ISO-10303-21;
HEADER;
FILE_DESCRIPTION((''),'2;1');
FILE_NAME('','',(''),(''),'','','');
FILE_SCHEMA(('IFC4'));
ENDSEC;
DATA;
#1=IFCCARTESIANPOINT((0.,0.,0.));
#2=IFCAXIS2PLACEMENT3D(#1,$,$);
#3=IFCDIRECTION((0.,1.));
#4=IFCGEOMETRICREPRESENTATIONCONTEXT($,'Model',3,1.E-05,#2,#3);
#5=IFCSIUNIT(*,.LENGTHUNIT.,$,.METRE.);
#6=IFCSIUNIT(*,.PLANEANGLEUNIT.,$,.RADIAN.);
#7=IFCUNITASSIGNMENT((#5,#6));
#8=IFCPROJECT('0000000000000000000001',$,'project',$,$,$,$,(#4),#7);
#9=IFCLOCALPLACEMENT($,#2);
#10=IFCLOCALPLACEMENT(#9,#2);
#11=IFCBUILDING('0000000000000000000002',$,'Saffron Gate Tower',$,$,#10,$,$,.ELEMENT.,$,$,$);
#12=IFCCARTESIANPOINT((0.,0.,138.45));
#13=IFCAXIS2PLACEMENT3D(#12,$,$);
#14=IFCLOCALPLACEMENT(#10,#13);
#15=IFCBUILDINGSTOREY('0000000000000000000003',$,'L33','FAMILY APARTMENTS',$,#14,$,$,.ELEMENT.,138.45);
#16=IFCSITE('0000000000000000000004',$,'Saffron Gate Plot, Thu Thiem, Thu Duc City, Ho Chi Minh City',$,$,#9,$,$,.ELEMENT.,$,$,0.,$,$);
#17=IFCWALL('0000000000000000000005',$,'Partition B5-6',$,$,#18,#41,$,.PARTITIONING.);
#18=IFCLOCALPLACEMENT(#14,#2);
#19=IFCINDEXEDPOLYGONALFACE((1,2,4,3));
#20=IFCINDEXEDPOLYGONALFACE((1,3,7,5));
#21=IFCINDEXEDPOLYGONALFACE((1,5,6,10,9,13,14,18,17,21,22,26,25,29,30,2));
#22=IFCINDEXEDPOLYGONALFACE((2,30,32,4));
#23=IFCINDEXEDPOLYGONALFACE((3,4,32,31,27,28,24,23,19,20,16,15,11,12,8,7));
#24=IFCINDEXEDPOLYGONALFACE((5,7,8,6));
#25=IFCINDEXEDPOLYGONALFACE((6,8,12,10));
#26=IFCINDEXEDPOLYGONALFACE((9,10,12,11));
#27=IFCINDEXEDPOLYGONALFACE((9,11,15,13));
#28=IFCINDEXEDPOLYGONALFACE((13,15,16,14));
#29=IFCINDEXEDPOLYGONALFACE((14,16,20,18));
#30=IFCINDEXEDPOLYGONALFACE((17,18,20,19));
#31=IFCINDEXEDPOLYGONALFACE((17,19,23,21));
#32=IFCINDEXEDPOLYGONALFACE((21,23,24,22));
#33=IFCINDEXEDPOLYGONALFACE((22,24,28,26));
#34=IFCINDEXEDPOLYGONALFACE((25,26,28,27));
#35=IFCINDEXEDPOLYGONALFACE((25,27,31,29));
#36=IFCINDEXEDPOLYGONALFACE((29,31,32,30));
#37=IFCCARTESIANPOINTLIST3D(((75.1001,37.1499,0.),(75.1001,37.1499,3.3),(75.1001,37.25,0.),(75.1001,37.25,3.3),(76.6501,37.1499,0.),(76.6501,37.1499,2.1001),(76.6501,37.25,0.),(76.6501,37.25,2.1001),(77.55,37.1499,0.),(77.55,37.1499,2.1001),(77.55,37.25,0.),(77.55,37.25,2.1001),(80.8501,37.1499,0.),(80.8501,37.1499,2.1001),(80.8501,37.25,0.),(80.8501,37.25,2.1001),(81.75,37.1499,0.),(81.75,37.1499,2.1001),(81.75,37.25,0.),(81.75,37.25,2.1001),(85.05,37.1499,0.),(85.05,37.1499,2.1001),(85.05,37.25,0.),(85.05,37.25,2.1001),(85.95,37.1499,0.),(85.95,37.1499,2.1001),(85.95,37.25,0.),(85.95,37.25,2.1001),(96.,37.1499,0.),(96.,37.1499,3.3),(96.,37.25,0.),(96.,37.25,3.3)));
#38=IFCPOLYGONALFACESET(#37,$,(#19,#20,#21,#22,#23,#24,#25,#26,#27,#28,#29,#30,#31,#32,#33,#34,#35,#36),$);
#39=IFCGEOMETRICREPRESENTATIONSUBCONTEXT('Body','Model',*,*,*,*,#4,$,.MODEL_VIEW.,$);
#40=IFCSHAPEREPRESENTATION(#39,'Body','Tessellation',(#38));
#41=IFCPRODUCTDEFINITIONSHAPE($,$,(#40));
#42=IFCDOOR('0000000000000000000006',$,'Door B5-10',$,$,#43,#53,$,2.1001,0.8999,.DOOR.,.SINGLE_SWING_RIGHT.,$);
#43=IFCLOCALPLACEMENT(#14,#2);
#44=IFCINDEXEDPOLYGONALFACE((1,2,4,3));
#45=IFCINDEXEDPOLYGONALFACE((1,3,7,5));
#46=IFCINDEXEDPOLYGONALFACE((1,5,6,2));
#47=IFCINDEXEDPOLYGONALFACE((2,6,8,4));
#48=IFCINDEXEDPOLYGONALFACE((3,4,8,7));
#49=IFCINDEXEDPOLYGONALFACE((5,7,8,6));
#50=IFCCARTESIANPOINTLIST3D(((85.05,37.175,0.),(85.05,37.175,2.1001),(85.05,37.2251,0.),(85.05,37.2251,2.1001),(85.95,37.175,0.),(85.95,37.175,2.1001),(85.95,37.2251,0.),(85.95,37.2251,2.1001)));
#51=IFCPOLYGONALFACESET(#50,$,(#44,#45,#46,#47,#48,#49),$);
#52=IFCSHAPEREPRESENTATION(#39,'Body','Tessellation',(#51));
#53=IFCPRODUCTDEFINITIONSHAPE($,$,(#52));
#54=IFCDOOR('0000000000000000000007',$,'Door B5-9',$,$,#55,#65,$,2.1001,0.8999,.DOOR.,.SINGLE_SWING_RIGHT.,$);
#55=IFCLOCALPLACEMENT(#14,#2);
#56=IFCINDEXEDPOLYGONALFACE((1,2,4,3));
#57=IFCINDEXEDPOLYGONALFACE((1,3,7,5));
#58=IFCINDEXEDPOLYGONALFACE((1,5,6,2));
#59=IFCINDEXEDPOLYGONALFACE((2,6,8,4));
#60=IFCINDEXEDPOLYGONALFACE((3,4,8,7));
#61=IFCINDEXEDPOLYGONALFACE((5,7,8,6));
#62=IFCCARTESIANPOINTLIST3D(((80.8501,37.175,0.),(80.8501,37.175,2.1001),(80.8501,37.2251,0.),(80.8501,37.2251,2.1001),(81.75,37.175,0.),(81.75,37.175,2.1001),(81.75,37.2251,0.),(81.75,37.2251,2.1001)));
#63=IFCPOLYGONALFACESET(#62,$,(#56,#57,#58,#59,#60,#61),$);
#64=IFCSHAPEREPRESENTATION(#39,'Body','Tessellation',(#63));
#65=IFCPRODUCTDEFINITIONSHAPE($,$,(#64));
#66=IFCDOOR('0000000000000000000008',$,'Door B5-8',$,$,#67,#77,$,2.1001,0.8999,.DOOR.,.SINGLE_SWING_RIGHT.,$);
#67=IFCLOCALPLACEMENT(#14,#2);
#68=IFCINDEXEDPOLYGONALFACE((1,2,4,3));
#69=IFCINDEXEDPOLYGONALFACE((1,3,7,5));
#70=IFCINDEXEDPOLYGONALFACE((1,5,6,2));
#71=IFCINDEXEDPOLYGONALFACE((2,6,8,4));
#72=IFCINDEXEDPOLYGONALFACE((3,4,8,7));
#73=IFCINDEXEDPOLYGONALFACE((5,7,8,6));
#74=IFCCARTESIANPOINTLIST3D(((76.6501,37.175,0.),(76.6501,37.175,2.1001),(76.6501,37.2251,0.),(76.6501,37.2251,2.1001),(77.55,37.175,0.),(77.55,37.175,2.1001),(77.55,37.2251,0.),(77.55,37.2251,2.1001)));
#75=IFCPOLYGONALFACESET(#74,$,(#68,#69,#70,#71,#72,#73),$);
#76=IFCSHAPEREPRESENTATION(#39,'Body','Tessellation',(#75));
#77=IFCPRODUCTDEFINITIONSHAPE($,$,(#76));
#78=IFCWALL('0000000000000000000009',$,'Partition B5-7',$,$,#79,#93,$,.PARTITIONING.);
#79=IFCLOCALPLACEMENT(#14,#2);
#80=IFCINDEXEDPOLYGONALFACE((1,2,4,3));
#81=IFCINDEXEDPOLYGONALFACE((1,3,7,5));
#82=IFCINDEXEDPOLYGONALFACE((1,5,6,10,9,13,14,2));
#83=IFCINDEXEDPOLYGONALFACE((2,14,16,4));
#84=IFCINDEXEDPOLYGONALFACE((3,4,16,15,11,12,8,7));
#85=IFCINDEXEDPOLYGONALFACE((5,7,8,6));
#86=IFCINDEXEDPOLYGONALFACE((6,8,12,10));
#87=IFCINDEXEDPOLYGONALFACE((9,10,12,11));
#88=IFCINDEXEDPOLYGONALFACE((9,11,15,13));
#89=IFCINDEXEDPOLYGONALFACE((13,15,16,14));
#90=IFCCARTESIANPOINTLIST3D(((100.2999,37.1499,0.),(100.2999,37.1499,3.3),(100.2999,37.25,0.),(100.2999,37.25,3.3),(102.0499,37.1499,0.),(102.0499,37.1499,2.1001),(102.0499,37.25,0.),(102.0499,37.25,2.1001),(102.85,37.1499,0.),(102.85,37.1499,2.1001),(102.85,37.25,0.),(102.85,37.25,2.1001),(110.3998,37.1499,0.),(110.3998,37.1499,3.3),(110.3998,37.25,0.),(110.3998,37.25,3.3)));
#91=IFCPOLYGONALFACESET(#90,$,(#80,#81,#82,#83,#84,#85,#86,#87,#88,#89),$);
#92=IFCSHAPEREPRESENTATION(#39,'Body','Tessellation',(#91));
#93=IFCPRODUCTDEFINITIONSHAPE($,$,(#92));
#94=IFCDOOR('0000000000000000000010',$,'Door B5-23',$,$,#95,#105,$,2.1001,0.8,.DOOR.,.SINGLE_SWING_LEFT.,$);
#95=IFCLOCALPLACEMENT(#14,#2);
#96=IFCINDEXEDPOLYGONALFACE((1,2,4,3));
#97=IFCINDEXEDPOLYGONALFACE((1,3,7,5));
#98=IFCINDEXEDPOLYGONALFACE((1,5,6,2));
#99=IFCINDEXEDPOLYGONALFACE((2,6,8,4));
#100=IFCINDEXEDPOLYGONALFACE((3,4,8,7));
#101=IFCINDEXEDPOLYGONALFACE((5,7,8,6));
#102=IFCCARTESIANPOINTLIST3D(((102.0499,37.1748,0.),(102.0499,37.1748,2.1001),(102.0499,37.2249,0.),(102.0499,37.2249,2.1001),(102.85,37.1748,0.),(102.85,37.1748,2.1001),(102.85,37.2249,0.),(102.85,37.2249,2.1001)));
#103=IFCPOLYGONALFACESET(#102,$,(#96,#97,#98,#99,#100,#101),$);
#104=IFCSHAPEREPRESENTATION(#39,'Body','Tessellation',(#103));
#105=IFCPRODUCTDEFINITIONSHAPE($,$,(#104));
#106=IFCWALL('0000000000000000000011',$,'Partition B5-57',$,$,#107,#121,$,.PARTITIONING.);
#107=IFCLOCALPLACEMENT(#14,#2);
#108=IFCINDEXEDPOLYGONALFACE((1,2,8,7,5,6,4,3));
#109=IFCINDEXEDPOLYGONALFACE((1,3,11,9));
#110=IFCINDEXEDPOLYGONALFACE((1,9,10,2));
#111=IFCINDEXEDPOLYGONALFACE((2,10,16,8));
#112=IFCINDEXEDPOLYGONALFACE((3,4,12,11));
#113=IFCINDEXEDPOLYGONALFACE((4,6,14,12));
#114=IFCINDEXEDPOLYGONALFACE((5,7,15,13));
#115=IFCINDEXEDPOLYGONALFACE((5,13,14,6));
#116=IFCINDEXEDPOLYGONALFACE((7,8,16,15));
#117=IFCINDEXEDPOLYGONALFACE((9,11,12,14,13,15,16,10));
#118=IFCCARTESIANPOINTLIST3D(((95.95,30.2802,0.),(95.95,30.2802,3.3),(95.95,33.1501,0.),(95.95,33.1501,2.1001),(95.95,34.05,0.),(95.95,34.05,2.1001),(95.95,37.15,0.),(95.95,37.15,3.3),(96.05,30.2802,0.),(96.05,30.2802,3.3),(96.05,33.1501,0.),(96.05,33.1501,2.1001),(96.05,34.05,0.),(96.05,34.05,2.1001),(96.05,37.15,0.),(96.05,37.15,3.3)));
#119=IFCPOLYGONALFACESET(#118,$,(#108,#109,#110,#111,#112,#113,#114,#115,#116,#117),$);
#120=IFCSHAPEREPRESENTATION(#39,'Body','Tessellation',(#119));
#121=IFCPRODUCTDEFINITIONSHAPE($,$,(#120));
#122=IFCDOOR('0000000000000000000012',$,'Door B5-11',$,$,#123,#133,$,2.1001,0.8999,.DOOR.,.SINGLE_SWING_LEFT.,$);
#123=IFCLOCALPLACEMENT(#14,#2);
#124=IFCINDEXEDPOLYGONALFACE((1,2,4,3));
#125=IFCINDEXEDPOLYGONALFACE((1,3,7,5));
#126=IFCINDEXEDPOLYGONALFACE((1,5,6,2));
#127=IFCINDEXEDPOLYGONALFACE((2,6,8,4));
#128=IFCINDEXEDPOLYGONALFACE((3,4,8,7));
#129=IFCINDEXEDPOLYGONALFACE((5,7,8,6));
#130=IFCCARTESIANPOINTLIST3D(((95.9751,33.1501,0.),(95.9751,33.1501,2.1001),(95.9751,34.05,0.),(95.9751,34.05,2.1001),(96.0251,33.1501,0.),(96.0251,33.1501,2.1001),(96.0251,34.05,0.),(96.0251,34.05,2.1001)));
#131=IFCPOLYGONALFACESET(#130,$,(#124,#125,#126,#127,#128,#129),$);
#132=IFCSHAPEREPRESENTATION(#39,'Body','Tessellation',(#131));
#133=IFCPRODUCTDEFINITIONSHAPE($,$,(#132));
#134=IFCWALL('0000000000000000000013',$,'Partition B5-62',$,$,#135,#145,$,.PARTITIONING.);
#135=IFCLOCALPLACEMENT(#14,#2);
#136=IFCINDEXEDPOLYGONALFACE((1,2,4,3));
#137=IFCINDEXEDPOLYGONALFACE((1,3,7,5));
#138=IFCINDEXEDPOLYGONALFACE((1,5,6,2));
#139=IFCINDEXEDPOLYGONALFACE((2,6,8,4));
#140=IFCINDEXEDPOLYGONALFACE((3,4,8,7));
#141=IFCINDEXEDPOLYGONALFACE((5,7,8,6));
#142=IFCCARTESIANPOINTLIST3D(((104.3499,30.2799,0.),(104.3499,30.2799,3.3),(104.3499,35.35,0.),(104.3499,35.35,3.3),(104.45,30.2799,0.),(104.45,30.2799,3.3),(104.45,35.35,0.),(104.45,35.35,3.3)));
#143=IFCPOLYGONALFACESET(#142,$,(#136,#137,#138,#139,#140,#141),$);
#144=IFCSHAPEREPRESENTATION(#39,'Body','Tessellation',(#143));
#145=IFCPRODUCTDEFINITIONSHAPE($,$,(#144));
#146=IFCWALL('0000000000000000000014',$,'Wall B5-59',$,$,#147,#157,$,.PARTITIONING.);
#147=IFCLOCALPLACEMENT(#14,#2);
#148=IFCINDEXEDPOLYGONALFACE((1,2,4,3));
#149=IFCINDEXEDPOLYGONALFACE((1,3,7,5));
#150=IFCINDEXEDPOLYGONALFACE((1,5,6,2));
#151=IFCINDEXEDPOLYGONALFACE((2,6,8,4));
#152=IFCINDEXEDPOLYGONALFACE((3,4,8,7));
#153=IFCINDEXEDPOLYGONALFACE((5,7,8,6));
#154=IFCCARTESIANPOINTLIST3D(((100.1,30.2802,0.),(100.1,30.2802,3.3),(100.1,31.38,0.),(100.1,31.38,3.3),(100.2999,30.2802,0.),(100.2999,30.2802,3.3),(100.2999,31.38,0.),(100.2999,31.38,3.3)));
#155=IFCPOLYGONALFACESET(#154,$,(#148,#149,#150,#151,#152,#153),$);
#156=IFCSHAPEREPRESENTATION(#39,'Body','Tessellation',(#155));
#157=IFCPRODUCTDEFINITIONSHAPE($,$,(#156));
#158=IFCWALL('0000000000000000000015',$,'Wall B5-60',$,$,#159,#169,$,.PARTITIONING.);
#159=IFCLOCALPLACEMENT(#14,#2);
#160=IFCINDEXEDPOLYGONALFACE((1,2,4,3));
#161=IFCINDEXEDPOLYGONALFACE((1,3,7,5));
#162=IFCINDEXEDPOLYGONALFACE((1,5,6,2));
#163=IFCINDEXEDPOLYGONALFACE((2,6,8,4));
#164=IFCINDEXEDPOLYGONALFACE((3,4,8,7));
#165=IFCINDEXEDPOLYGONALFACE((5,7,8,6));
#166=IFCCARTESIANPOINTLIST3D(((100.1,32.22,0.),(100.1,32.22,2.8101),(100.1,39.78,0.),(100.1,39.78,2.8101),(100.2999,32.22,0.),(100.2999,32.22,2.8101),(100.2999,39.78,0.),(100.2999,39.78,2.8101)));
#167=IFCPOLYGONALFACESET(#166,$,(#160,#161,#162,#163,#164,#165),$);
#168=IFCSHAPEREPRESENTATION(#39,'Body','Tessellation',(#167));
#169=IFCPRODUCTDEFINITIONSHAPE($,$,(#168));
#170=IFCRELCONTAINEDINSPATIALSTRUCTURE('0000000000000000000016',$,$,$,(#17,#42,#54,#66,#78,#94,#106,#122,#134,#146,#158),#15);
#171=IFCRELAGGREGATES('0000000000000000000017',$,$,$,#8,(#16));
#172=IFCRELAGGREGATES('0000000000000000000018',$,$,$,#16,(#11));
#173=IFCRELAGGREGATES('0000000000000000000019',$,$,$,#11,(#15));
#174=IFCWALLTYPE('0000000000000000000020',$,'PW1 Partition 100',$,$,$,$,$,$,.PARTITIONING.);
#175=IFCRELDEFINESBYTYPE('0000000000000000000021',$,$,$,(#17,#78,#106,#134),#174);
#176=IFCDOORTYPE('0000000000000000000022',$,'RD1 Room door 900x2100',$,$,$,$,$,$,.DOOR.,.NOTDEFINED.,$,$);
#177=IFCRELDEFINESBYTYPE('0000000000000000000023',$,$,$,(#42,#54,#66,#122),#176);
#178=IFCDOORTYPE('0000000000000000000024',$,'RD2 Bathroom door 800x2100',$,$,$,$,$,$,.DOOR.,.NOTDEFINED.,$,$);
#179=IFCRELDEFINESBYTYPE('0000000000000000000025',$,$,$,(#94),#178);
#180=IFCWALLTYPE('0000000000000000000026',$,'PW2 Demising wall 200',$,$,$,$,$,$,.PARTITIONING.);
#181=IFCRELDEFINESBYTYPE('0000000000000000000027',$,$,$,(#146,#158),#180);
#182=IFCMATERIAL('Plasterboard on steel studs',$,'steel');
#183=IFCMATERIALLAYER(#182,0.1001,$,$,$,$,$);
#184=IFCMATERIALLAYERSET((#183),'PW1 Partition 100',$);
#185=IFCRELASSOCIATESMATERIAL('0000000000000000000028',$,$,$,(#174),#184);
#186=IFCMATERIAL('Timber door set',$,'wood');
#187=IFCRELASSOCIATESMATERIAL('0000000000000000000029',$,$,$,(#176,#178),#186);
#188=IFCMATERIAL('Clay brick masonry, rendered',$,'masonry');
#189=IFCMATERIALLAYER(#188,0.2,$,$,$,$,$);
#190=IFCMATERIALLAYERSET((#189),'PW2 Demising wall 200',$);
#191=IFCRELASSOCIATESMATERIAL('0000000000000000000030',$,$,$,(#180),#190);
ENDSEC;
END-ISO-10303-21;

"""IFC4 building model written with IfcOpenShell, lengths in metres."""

from ifc_helpers import new_model, si_unit, direction, frame, frame_2d, origin, place, context, subcontext, project, spatial, rectangle, extrude, material, layer, layer_set, type_object, element, fill, save


model = new_model("IFC4")

# Units and contexts
model_context = context("Model", 3, precision=1e-05, world=origin(), true_north=direction((0.0, 1.0)))
body_context = subcontext(model_context, "Body", "Model", "MODEL_VIEW")
ifc_project = project(units=[si_unit("LENGTHUNIT", "METRE"), si_unit("PLANEANGLEUNIT", "RADIAN")], contexts=[model_context])

# Site, building, storey
site_placement = place(None, origin())
site = spatial("IfcSite", under=ifc_project, at=site_placement, Name="Saffron Gate Plot, Thu Thiem, Thu Duc City, Ho Chi Minh City", CompositionType="ELEMENT", RefElevation=0.0)
building_placement = place(site_placement, origin())
building = spatial("IfcBuilding", under=site, at=building_placement, Name="Saffron Gate Tower", CompositionType="ELEMENT")
storey_placement = place(building_placement, frame((0.0, 0.0, 138.45)))
storey = spatial("IfcBuildingStorey", under=building, at=storey_placement, Name="L33", Description="FAMILY APARTMENTS", CompositionType="ELEMENT", Elevation=138.45)

# Wall, openings, doors
ifc_material_1 = material(Name="Plasterboard on steel studs", Category="steel")
ifc_layer_1 = layer(ifc_material_1, 0.1001)
ifc_layer_set_1 = layer_set([ifc_layer_1], Name="PW1 Partition 100")
wall_type_1 = type_object("IfcWallType", Name="PW1 Partition 100", PredefinedType="PARTITIONING", material=ifc_layer_set_1)
wall_1_placement = place(storey_placement, frame((96.0, 37.2, 0.0), z_axis=(0.0, 0.0, 1.0), x_axis=(-1.0, 0.0, 0.0)))
wall_1 = element("IfcWall", 1, at=wall_1_placement, inside=storey, type_object=wall_type_1, Name="Partition B5-6", PredefinedType="PARTITIONING", context=body_context, shape_type="SweptSolid", body=[
    extrude(rectangle(XDim=20.8999, YDim=0.1001, at=frame_2d((10.45, 0.0))), origin(), (0.0, 0.0, 1.0), 3.3),
])
opening_1_placement = place(wall_1_placement, frame((10.05, 0.0, 0.0)))
opening_1 = element("IfcOpeningElement", 2, at=opening_1_placement, cuts=wall_1, PredefinedType="OPENING", context=body_context, shape_type="SweptSolid", body=[
    extrude(rectangle(XDim=0.8999, YDim=2.1001, at=frame_2d((0.45, 1.05))), frame((0.0, 0.0601, 0.0), z_axis=(0.0, -1.0, 0.0), x_axis=(1.0, 0.0, 0.0)), (0.0, 0.0, 1.0), 0.1201),
])
opening_2_placement = place(wall_1_placement, frame((14.25, 0.0, 0.0)))
opening_2 = element("IfcOpeningElement", 3, at=opening_2_placement, cuts=wall_1, PredefinedType="OPENING", context=body_context, shape_type="SweptSolid", body=[
    extrude(rectangle(XDim=0.8999, YDim=2.1001, at=frame_2d((0.45, 1.05))), frame((0.0, 0.0601, 0.0), z_axis=(0.0, -1.0, 0.0), x_axis=(1.0, 0.0, 0.0)), (0.0, 0.0, 1.0), 0.1201),
])
opening_3_placement = place(wall_1_placement, frame((18.45, 0.0, 0.0)))
opening_3 = element("IfcOpeningElement", 4, at=opening_3_placement, cuts=wall_1, PredefinedType="OPENING", context=body_context, shape_type="SweptSolid", body=[
    extrude(rectangle(XDim=0.8999, YDim=2.1001, at=frame_2d((0.45, 1.05))), frame((0.0, 0.0601, 0.0), z_axis=(0.0, -1.0, 0.0), x_axis=(1.0, 0.0, 0.0)), (0.0, 0.0, 1.0), 0.1201),
])
ifc_material_2 = material(Name="Timber door set", Category="wood")
door_type_1 = type_object("IfcDoorType", Name="RD1 Room door 900x2100", OperationType="NOTDEFINED", PredefinedType="DOOR", material=ifc_material_2)
door_1_placement = place(opening_1_placement, origin())
door_1 = element("IfcDoor", 5, at=door_1_placement, inside=storey, type_object=door_type_1, Name="Door B5-10", OperationType="SINGLE_SWING_RIGHT", OverallHeight=2.1001, OverallWidth=0.8999, PredefinedType="DOOR", context=body_context, shape_type="SweptSolid", body=[
    extrude(rectangle(XDim=0.8999, YDim=2.1001, at=frame_2d((0.45, 1.05))), frame((0.0, 0.0249, 0.0), z_axis=(0.0, -1.0, 0.0), x_axis=(1.0, 0.0, 0.0)), (0.0, 0.0, 1.0), 0.05),
])
fill(opening_1, door_1)
door_2_placement = place(opening_2_placement, origin())
door_2 = element("IfcDoor", 6, at=door_2_placement, inside=storey, type_object=door_type_1, Name="Door B5-9", OperationType="SINGLE_SWING_RIGHT", OverallHeight=2.1001, OverallWidth=0.8999, PredefinedType="DOOR", context=body_context, shape_type="SweptSolid", body=[
    extrude(rectangle(XDim=0.8999, YDim=2.1001, at=frame_2d((0.45, 1.05))), frame((0.0, 0.0249, 0.0), z_axis=(0.0, -1.0, 0.0), x_axis=(1.0, 0.0, 0.0)), (0.0, 0.0, 1.0), 0.05),
])
fill(opening_2, door_2)
door_3_placement = place(opening_3_placement, origin())
door_3 = element("IfcDoor", 7, at=door_3_placement, inside=storey, type_object=door_type_1, Name="Door B5-8", OperationType="SINGLE_SWING_RIGHT", OverallHeight=2.1001, OverallWidth=0.8999, PredefinedType="DOOR", context=body_context, shape_type="SweptSolid", body=[
    extrude(rectangle(XDim=0.8999, YDim=2.1001, at=frame_2d((0.45, 1.05))), frame((0.0, 0.0249, 0.0), z_axis=(0.0, -1.0, 0.0), x_axis=(1.0, 0.0, 0.0)), (0.0, 0.0, 1.0), 0.05),
])
fill(opening_3, door_3)

# Walls, openings, doors
wall_2_placement = place(storey_placement, frame((100.3, 37.2, 0.0), z_axis=(0.0, 0.0, 1.0), x_axis=(1.0, 0.0, 0.0)))
wall_2 = element("IfcWall", 8, at=wall_2_placement, inside=storey, type_object=wall_type_1, Name="Partition B5-7", PredefinedType="PARTITIONING", context=body_context, shape_type="SweptSolid", body=[
    extrude(rectangle(XDim=10.0999, YDim=0.1001, at=frame_2d((5.0498, 0.0))), origin(), (0.0, 0.0, 1.0), 3.3),
])
opening_4_placement = place(wall_2_placement, frame((1.75, 0.0, 0.0)))
opening_4 = element("IfcOpeningElement", 9, at=opening_4_placement, cuts=wall_2, PredefinedType="OPENING", context=body_context, shape_type="SweptSolid", body=[
    extrude(rectangle(XDim=0.8, YDim=2.1001, at=frame_2d((0.3999, 1.05))), frame((0.0, 0.0601, 0.0), z_axis=(0.0, -1.0, 0.0), x_axis=(1.0, 0.0, 0.0)), (0.0, 0.0, 1.0), 0.1201),
])
door_type_2 = type_object("IfcDoorType", Name="RD2 Bathroom door 800x2100", OperationType="NOTDEFINED", PredefinedType="DOOR", material=ifc_material_2)
door_4_placement = place(opening_4_placement, origin())
door_4 = element("IfcDoor", 10, at=door_4_placement, inside=storey, type_object=door_type_2, Name="Door B5-23", OperationType="SINGLE_SWING_LEFT", OverallHeight=2.1001, OverallWidth=0.8, PredefinedType="DOOR", context=body_context, shape_type="SweptSolid", body=[
    extrude(rectangle(XDim=0.8, YDim=2.1001, at=frame_2d((0.3999, 1.05))), frame((0.0, 0.0249, 0.0), z_axis=(0.0, -1.0, 0.0), x_axis=(1.0, 0.0, 0.0)), (0.0, 0.0, 1.0), 0.05),
])
fill(opening_4, door_4)
wall_3_placement = place(storey_placement, frame((96.0, 30.28, 0.0), z_axis=(0.0, 0.0, 1.0), x_axis=(0.0, 1.0, 0.0)))
wall_3 = element("IfcWall", 11, at=wall_3_placement, inside=storey, type_object=wall_type_1, Name="Partition B5-57", PredefinedType="PARTITIONING", context=body_context, shape_type="SweptSolid", body=[
    extrude(rectangle(XDim=6.8699, YDim=0.1001, at=frame_2d((3.4351, 0.0))), origin(), (0.0, 0.0, 1.0), 3.3),
])
opening_5_placement = place(wall_3_placement, frame((2.8701, 0.0, 0.0)))
opening_5 = element("IfcOpeningElement", 12, at=opening_5_placement, cuts=wall_3, PredefinedType="OPENING", context=body_context, shape_type="SweptSolid", body=[
    extrude(rectangle(XDim=0.8999, YDim=2.1001, at=frame_2d((0.45, 1.05))), frame((0.0, 0.0601, 0.0), z_axis=(0.0, -1.0, 0.0), x_axis=(1.0, 0.0, 0.0)), (0.0, 0.0, 1.0), 0.1201),
])
door_5_placement = place(opening_5_placement, origin())
door_5 = element("IfcDoor", 13, at=door_5_placement, inside=storey, type_object=door_type_1, Name="Door B5-11", OperationType="SINGLE_SWING_LEFT", OverallHeight=2.1001, OverallWidth=0.8999, PredefinedType="DOOR", context=body_context, shape_type="SweptSolid", body=[
    extrude(rectangle(XDim=0.8999, YDim=2.1001, at=frame_2d((0.45, 1.05))), frame((0.0, 0.0249, 0.0), z_axis=(0.0, -1.0, 0.0), x_axis=(1.0, 0.0, 0.0)), (0.0, 0.0, 1.0), 0.05),
])
fill(opening_5, door_5)

# Walls
wall_4_placement = place(storey_placement, frame((104.3999, 35.3501, 0.0), z_axis=(0.0, 0.0, 1.0), x_axis=(0.0, -1.0, 0.0)))
element("IfcWall", 14, at=wall_4_placement, inside=storey, type_object=wall_type_1, Name="Partition B5-62", PredefinedType="PARTITIONING", context=body_context, shape_type="SweptSolid", body=[
    extrude(rectangle(XDim=5.0701, YDim=0.1001, at=frame_2d((2.5352, 0.0))), origin(), (0.0, 0.0, 1.0), 3.3),
])
ifc_material_3 = material(Name="Clay brick masonry, rendered", Category="masonry")
ifc_layer_2 = layer(ifc_material_3, 0.2)
ifc_layer_set_2 = layer_set([ifc_layer_2], Name="PW2 Demising wall 200")
wall_type_2 = type_object("IfcWallType", Name="PW2 Demising wall 200", PredefinedType="PARTITIONING", material=ifc_layer_set_2)
wall_5_placement = place(storey_placement, frame((100.2, 31.3799, 0.0), z_axis=(0.0, 0.0, 1.0), x_axis=(0.0, -1.0, 0.0)))
element("IfcWall", 15, at=wall_5_placement, inside=storey, type_object=wall_type_2, Name="Wall B5-59", PredefinedType="PARTITIONING", context=body_context, shape_type="SweptSolid", body=[
    extrude(rectangle(XDim=1.0999, YDim=0.2, at=frame_2d((0.5498, 0.0))), origin(), (0.0, 0.0, 1.0), 3.3),
])
wall_6_placement = place(storey_placement, frame((100.2, 39.78, 0.0), z_axis=(0.0, 0.0, 1.0), x_axis=(0.0, -1.0, 0.0)))
element("IfcWall", 16, at=wall_6_placement, inside=storey, type_object=wall_type_2, Name="Wall B5-60", PredefinedType="PARTITIONING", context=body_context, shape_type="SweptSolid", body=[
    extrude(rectangle(XDim=7.5601, YDim=0.2, at=frame_2d((3.78, 0.0))), origin(), (0.0, 0.0, 1.0), 2.8101),
])

save(model, "model.ifc")
